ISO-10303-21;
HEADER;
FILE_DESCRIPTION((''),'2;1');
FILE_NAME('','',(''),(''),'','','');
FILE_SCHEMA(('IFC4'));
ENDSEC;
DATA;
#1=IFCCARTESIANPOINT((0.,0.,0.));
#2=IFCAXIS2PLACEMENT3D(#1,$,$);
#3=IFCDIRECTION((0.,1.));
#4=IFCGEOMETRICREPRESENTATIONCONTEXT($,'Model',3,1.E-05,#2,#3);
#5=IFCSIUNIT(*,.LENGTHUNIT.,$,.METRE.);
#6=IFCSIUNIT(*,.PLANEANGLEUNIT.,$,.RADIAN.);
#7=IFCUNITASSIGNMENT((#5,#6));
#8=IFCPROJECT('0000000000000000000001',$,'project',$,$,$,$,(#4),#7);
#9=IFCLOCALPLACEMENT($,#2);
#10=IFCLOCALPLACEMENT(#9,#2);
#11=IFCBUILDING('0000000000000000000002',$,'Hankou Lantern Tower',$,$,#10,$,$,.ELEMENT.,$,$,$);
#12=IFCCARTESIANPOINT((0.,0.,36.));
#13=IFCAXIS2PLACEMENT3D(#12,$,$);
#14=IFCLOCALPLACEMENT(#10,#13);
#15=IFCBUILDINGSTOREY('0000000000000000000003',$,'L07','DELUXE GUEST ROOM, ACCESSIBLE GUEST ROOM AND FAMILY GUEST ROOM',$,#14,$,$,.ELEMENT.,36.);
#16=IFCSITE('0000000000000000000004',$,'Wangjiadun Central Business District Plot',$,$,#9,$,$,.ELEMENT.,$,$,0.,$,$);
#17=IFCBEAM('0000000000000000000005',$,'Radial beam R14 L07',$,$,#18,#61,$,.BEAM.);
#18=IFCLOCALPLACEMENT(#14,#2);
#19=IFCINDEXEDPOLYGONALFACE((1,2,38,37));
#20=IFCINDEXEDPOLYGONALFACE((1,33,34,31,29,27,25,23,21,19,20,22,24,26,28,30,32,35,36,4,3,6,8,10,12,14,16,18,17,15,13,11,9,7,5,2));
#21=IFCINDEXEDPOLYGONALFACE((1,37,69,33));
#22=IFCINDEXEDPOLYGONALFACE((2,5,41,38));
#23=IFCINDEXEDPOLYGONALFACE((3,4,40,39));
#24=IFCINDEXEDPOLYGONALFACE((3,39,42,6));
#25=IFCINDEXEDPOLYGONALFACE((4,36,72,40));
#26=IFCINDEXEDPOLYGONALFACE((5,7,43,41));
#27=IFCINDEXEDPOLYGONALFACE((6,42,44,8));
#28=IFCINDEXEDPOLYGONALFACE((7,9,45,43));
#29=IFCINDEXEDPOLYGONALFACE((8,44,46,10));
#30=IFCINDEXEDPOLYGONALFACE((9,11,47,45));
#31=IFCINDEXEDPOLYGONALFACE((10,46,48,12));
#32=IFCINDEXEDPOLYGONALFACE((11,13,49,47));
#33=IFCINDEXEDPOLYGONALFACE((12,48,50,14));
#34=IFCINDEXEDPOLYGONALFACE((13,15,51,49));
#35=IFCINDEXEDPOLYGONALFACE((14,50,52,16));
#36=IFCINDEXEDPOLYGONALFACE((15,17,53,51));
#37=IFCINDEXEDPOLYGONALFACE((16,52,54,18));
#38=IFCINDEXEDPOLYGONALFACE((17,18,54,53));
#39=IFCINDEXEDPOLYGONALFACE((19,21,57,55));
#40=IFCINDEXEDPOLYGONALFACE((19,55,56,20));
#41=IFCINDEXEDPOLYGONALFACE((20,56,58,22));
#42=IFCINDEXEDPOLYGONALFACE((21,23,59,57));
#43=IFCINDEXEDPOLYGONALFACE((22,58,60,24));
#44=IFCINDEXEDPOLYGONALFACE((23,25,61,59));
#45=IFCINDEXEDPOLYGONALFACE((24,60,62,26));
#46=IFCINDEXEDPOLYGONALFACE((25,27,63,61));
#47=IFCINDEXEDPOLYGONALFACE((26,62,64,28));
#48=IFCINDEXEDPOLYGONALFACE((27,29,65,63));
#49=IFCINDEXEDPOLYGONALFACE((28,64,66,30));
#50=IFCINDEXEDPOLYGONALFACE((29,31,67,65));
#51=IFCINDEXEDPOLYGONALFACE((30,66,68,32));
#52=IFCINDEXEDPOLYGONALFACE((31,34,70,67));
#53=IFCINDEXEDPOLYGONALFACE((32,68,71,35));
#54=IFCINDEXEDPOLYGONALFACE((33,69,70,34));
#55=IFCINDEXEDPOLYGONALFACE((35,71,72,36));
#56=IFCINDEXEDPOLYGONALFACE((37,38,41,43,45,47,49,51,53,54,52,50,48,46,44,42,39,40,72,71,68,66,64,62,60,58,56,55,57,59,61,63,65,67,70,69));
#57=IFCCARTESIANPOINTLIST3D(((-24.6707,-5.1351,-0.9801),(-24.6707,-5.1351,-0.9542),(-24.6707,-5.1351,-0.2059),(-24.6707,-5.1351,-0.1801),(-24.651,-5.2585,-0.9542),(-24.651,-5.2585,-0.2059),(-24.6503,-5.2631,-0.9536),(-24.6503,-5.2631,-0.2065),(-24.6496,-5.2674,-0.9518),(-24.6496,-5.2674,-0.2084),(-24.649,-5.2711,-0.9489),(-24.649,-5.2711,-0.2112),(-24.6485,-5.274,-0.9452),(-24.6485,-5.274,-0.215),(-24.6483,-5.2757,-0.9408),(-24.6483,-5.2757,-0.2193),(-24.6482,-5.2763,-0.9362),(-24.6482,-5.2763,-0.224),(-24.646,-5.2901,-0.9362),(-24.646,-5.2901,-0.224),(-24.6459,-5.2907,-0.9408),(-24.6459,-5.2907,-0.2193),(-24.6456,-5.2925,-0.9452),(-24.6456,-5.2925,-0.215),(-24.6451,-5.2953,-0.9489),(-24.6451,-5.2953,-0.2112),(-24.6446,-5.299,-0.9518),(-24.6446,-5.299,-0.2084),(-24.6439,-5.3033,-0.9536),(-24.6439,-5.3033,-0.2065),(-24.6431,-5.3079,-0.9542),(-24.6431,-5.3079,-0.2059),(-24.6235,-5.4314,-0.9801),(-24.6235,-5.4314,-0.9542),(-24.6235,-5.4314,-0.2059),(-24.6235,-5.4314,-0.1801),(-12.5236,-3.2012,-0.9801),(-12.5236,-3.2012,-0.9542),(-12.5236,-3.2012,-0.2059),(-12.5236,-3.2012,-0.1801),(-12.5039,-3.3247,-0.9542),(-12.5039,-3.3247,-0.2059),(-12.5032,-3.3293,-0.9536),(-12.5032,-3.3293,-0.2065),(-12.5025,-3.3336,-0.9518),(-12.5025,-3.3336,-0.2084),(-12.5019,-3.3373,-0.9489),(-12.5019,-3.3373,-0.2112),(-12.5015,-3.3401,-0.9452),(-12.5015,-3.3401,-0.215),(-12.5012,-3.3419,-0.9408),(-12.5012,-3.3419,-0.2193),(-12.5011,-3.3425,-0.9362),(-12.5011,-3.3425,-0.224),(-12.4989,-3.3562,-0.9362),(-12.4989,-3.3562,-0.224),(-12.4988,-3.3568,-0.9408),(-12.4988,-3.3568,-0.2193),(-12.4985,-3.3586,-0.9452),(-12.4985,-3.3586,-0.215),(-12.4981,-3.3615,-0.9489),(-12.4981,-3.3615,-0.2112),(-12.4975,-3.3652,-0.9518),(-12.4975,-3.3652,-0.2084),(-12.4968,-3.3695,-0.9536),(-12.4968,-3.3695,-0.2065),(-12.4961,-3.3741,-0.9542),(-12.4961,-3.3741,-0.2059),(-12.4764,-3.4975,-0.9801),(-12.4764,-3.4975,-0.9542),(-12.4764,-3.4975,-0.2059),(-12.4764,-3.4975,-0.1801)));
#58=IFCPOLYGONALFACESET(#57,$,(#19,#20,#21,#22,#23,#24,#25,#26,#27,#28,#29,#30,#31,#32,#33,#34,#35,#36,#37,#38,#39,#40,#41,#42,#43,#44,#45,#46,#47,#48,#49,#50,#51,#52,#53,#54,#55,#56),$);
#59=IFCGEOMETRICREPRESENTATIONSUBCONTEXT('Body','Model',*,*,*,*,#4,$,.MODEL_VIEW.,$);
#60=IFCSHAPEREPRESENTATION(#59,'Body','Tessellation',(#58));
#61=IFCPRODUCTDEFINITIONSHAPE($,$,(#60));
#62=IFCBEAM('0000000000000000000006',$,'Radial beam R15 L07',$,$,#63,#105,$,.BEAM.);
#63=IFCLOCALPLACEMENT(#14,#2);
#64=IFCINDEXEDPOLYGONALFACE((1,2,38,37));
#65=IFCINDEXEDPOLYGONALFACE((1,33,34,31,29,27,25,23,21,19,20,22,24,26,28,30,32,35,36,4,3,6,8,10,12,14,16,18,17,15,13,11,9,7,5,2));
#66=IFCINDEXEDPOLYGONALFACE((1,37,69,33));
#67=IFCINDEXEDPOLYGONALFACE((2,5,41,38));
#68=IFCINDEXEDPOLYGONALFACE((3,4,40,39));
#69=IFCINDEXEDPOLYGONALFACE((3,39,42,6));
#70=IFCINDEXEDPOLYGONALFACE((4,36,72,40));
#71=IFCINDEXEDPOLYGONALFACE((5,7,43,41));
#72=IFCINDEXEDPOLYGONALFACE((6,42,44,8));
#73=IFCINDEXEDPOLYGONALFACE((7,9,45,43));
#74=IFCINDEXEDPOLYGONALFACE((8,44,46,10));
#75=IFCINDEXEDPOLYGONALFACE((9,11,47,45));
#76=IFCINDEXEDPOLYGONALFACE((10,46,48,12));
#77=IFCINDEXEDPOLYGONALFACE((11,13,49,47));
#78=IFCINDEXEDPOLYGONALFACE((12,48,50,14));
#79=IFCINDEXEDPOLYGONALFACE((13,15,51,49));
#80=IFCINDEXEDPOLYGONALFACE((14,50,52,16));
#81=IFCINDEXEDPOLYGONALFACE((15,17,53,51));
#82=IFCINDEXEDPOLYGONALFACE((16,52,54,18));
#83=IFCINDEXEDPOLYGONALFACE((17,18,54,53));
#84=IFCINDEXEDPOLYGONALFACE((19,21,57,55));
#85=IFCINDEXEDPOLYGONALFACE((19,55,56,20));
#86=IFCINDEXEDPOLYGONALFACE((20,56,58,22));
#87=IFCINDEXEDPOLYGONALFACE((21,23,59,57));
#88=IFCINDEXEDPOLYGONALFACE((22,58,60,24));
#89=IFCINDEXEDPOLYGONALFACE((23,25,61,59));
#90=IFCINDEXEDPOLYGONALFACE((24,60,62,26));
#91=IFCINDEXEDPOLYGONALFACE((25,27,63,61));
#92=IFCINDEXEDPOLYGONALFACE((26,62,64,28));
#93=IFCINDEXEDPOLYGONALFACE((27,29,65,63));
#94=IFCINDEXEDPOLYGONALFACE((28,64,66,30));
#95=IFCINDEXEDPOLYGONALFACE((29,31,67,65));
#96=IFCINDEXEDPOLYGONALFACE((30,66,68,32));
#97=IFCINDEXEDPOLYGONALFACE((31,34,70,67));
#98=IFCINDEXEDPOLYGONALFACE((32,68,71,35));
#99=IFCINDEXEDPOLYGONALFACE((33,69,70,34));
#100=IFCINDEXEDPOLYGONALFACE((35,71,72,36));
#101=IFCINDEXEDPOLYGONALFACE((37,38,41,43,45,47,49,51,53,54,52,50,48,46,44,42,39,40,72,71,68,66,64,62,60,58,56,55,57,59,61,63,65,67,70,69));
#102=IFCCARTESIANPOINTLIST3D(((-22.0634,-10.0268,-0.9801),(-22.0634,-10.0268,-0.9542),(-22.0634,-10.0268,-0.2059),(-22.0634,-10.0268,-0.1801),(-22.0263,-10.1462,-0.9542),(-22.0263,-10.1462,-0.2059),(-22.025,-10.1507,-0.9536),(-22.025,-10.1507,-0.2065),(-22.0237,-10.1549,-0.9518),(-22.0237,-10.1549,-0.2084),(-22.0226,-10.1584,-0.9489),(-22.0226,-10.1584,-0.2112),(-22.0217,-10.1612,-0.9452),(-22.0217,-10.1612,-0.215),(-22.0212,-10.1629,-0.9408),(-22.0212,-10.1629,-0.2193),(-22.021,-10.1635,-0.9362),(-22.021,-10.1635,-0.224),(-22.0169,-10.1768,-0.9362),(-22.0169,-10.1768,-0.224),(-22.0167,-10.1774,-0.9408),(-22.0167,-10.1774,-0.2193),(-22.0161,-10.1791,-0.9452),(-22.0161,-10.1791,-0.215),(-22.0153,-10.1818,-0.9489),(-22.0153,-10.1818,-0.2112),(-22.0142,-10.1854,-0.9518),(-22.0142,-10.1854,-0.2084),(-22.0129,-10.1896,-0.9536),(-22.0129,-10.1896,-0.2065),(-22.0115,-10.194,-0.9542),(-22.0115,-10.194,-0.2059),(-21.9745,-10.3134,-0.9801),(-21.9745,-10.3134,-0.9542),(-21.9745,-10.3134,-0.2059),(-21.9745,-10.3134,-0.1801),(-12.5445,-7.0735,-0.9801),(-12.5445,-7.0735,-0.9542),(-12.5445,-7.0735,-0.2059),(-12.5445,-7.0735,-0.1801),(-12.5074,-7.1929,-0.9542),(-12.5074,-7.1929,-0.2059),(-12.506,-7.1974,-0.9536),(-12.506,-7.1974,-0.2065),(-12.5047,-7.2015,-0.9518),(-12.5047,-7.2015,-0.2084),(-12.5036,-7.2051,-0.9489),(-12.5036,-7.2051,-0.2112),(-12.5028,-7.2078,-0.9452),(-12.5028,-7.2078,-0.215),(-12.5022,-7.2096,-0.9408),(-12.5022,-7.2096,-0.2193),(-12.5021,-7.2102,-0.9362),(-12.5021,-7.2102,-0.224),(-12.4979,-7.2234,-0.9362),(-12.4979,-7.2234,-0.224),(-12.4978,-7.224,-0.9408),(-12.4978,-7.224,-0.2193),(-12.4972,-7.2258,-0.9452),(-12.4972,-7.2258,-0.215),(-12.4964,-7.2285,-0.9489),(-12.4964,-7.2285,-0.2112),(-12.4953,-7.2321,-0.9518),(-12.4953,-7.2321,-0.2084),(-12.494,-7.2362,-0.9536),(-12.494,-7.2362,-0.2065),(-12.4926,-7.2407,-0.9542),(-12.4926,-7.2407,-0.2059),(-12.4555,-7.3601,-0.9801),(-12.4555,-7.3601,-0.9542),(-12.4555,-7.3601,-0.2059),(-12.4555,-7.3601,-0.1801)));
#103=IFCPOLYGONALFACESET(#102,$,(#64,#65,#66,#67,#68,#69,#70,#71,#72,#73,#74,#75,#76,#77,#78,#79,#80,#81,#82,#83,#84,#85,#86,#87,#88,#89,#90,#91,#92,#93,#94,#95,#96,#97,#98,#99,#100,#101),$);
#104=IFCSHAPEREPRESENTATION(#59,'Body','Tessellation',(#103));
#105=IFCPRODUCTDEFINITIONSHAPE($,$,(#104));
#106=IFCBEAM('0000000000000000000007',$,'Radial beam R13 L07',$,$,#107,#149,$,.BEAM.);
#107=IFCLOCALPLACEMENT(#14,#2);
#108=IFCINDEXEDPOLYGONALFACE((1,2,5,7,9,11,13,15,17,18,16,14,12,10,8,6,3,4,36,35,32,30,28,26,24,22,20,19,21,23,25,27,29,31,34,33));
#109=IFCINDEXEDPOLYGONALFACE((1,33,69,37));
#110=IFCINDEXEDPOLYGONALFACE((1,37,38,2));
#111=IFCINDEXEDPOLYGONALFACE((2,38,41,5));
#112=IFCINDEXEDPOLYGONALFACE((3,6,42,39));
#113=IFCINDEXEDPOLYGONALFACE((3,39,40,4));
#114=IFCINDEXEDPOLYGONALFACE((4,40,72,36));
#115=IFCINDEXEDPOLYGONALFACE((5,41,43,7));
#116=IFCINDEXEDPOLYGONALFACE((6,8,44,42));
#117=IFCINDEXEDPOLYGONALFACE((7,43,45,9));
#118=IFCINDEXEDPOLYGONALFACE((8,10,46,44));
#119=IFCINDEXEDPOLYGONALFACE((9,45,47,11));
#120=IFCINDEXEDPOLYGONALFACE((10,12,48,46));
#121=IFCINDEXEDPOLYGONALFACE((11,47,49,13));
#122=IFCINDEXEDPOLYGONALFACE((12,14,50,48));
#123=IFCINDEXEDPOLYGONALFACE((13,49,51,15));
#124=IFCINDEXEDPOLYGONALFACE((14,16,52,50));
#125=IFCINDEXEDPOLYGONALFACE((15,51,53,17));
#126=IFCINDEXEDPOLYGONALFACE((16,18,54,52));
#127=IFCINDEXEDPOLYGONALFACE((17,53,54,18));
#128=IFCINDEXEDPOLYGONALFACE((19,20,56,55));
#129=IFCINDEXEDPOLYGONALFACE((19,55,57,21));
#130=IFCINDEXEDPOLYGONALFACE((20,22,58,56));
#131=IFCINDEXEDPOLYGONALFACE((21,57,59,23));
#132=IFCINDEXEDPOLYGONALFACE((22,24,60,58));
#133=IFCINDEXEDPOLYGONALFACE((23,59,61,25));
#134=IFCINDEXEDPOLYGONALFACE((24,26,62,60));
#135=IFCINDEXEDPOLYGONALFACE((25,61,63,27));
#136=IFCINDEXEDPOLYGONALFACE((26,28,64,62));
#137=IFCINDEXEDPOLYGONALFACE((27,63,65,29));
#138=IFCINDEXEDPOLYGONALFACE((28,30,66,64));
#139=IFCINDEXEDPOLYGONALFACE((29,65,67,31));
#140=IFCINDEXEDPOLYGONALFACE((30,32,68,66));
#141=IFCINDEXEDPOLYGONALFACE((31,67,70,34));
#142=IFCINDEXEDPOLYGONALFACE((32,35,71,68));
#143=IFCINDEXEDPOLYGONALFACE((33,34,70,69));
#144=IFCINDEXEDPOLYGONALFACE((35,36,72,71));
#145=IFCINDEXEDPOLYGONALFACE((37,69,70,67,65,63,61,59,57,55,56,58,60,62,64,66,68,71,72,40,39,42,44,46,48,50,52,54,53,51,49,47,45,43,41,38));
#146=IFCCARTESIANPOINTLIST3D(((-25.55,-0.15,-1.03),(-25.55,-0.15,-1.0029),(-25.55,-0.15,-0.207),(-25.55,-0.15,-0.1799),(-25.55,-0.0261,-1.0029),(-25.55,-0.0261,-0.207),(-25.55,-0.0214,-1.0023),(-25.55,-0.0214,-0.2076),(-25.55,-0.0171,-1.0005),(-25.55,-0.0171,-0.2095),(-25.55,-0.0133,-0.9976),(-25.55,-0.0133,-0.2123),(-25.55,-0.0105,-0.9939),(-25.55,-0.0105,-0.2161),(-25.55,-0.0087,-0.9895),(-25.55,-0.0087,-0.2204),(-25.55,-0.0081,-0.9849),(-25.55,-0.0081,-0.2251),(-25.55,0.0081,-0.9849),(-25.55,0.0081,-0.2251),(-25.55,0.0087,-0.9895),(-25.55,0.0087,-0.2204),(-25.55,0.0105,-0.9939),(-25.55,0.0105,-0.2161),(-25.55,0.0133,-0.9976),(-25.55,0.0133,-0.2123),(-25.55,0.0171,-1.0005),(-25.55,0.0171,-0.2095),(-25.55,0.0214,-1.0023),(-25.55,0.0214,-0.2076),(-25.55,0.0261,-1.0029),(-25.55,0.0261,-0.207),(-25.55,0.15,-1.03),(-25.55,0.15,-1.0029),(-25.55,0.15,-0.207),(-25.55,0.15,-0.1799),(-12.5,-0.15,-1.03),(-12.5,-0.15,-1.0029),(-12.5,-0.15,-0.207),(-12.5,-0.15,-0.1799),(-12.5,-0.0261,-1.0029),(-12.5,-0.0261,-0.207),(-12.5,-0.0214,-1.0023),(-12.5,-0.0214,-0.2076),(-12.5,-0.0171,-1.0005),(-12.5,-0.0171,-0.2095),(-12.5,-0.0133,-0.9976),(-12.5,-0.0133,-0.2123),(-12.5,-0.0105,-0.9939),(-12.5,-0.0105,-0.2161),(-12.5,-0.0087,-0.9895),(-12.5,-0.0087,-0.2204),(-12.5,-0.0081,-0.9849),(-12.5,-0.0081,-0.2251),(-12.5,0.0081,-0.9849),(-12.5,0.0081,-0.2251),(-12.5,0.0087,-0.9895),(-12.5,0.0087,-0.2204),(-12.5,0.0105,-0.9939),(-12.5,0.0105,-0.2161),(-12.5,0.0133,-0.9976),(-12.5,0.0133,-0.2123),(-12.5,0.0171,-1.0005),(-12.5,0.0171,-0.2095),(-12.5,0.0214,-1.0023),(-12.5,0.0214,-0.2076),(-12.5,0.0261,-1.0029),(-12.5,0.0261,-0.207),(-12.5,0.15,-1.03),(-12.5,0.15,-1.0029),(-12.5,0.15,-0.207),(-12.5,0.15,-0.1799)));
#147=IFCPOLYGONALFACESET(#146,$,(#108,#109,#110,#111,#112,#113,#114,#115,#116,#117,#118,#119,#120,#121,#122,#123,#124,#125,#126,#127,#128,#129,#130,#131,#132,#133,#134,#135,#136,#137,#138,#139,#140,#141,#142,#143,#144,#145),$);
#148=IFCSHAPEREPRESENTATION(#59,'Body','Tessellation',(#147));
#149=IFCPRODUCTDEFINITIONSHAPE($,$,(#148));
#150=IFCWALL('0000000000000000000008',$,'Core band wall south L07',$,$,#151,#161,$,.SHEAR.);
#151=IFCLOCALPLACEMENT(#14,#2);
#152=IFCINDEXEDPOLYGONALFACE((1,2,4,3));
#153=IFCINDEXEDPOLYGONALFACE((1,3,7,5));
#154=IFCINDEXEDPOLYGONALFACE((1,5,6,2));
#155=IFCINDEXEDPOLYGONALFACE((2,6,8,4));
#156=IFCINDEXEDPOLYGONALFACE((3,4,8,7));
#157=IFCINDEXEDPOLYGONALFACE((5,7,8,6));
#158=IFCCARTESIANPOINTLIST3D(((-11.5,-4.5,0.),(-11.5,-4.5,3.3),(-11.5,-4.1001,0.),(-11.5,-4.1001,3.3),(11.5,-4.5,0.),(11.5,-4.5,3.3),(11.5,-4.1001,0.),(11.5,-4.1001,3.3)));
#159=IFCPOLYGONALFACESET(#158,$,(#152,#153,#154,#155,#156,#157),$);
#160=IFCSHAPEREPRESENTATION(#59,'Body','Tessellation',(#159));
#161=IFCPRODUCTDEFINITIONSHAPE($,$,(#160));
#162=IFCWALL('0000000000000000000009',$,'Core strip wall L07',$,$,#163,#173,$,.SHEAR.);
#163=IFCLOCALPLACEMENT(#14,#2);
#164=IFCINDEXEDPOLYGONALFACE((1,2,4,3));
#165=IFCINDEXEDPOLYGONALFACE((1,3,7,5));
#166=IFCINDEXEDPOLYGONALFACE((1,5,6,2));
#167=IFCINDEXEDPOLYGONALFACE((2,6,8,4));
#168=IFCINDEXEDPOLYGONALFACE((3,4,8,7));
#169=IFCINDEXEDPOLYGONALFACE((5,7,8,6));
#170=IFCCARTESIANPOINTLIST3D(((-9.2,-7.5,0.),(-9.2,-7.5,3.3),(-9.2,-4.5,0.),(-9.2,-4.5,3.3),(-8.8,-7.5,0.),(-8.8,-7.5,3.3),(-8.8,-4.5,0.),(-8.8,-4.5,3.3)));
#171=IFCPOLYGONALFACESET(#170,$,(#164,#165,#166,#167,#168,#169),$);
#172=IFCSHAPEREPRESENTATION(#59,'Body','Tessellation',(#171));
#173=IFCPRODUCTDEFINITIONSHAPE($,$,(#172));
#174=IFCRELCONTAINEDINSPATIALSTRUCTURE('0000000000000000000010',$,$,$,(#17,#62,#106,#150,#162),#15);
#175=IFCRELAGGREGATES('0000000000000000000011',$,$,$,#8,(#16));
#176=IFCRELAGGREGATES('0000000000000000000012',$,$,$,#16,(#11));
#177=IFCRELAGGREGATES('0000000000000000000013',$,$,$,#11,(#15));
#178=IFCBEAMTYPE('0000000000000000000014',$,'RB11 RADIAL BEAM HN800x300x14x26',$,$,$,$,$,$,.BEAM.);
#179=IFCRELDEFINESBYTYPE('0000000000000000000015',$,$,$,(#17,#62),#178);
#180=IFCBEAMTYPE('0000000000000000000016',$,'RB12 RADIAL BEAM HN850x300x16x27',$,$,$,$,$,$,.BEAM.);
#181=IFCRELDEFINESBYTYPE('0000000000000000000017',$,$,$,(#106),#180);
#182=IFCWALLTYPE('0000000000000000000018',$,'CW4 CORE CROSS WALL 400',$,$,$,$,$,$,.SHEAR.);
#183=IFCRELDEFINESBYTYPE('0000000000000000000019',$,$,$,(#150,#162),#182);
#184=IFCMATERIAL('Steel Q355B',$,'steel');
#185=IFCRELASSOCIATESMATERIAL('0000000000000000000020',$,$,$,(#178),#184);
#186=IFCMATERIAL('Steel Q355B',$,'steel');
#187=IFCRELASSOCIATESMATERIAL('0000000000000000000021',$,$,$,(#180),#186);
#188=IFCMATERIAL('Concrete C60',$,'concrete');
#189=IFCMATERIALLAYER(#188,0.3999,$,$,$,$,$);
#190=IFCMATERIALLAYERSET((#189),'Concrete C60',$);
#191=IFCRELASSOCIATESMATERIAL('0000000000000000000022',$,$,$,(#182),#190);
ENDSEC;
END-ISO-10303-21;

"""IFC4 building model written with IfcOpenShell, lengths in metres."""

from ifc_helpers import new_model, si_unit, direction, frame, frame_2d, origin, origin_2d, place, context, subcontext, project, spatial, rectangle, i_section, extrude, material, layer, layer_set, material_profile, profile_set, type_object, element, save


model = new_model("IFC4")

# Units and contexts
model_context = context("Model", 3, precision=1e-05, world=origin(), true_north=direction((0.0, 1.0)))
body_context = subcontext(model_context, "Body", "Model", "MODEL_VIEW")
ifc_project = project(units=[si_unit("LENGTHUNIT", "METRE"), si_unit("PLANEANGLEUNIT", "RADIAN")], contexts=[model_context])

# Site, building, storey
site_placement = place(None, origin())
site = spatial("IfcSite", under=ifc_project, at=site_placement, Name="Wangjiadun Central Business District Plot", CompositionType="ELEMENT", RefElevation=0.0)
building_placement = place(site_placement, origin())
building = spatial("IfcBuilding", under=site, at=building_placement, Name="Hankou Lantern Tower", CompositionType="ELEMENT")
storey_placement = place(building_placement, frame((0.0, 0.0, 36.0)))
storey = spatial("IfcBuildingStorey", under=building, at=storey_placement, Name="L07", Description="DELUXE GUEST ROOM, ACCESSIBLE GUEST ROOM AND FAMILY GUEST ROOM", CompositionType="ELEMENT", Elevation=36.0)

# Beams
ifc_material_1 = material(Name="Steel Q355B", Category="steel")
ifc_material_profile_1 = material_profile(ifc_material_1, i_section(OverallWidth=0.3, OverallDepth=0.8, WebThickness=0.0139, FlangeThickness=0.0259, FilletRadius=0.0181, at=origin_2d()), Name="HN800x300x14x26")
ifc_profile_set_1 = profile_set([ifc_material_profile_1], Name="Steel Q355B")
beam_type_1 = type_object("IfcBeamType", Name="RB11 RADIAL BEAM HN800x300x14x26", PredefinedType="BEAM", material=ifc_profile_set_1)
beam_1_placement = place(storey_placement, frame((-12.5, -3.3494, -0.5801), z_axis=(-0.987563, -0.157223, 0.0), x_axis=(0.157223, -0.987563, 0.0)))
element("IfcBeam", 1, at=beam_1_placement, inside=storey, type_object=beam_type_1, Name="Radial beam R14 L07", PredefinedType="BEAM", context=body_context, shape_type="SweptSolid", body=[
    extrude(i_section(OverallWidth=0.3, OverallDepth=0.8, WebThickness=0.0139, FlangeThickness=0.0259, FilletRadius=0.0181, at=origin_2d()), origin(), (0.0, 0.0, 1.0), 12.3),
])
beam_2_placement = place(storey_placement, frame((-12.5, -7.2168, -0.5801), z_axis=(-0.955087, -0.296324, 0.0), x_axis=(0.296324, -0.955087, 0.0)))
element("IfcBeam", 2, at=beam_2_placement, inside=storey, type_object=beam_type_1, Name="Radial beam R15 L07", PredefinedType="BEAM", context=body_context, shape_type="SweptSolid", body=[
    extrude(i_section(OverallWidth=0.3, OverallDepth=0.8, WebThickness=0.0139, FlangeThickness=0.0259, FilletRadius=0.0181, at=origin_2d()), origin(), (0.0, 0.0, 1.0), 9.9666),
])
ifc_material_2 = material(Name="Steel Q355B", Category="steel")
ifc_material_profile_2 = material_profile(ifc_material_2, i_section(OverallWidth=0.3, OverallDepth=0.8501, WebThickness=0.0161, FlangeThickness=0.0271, FilletRadius=0.0181, at=origin_2d()), Name="HN850x300x16x27")
ifc_profile_set_2 = profile_set([ifc_material_profile_2], Name="Steel Q355B")
beam_type_2 = type_object("IfcBeamType", Name="RB12 RADIAL BEAM HN850x300x16x27", PredefinedType="BEAM", material=ifc_profile_set_2)
beam_3_placement = place(storey_placement, frame((-12.5, 0.0, -0.605), z_axis=(-1.0, 0.0, 0.0), x_axis=(0.0, -1.0, 0.0)))
element("IfcBeam", 3, at=beam_3_placement, inside=storey, type_object=beam_type_2, Name="Radial beam R13 L07", PredefinedType="BEAM", context=body_context, shape_type="SweptSolid", body=[
    extrude(i_section(OverallWidth=0.3, OverallDepth=0.8501, WebThickness=0.0161, FlangeThickness=0.0271, FilletRadius=0.0181, at=origin_2d()), origin(), (0.0, 0.0, 1.0), 13.05),
])

# Walls
ifc_material_3 = material(Name="Concrete C60", Category="concrete")
ifc_layer_1 = layer(ifc_material_3, 0.3999)
ifc_layer_set_1 = layer_set([ifc_layer_1], Name="Concrete C60")
wall_type_1 = type_object("IfcWallType", Name="CW4 CORE CROSS WALL 400", PredefinedType="SHEAR", material=ifc_layer_set_1)
wall_1_placement = place(storey_placement, frame((-11.5, -4.3, 0.0), z_axis=(0.0, 0.0, 1.0), x_axis=(1.0, 0.0, 0.0)))
element("IfcWall", 4, at=wall_1_placement, inside=storey, type_object=wall_type_1, Name="Core band wall south L07", PredefinedType="SHEAR", context=body_context, shape_type="SweptSolid", body=[
    extrude(rectangle(XDim=23.0, YDim=0.3999, at=frame_2d((11.5, 0.0))), origin(), (0.0, 0.0, 1.0), 3.3),
])
wall_2_placement = place(storey_placement, frame((-9.0, -7.5, 0.0), z_axis=(0.0, 0.0, 1.0), x_axis=(0.0, 1.0, 0.0)))
element("IfcWall", 5, at=wall_2_placement, inside=storey, type_object=wall_type_1, Name="Core strip wall L07", PredefinedType="SHEAR", context=body_context, shape_type="SweptSolid", body=[
    extrude(rectangle(XDim=3.0, YDim=0.3999, at=frame_2d((1.5, 0.0))), origin(), (0.0, 0.0, 1.0), 3.3),
])

save(model, "model.ifc")
